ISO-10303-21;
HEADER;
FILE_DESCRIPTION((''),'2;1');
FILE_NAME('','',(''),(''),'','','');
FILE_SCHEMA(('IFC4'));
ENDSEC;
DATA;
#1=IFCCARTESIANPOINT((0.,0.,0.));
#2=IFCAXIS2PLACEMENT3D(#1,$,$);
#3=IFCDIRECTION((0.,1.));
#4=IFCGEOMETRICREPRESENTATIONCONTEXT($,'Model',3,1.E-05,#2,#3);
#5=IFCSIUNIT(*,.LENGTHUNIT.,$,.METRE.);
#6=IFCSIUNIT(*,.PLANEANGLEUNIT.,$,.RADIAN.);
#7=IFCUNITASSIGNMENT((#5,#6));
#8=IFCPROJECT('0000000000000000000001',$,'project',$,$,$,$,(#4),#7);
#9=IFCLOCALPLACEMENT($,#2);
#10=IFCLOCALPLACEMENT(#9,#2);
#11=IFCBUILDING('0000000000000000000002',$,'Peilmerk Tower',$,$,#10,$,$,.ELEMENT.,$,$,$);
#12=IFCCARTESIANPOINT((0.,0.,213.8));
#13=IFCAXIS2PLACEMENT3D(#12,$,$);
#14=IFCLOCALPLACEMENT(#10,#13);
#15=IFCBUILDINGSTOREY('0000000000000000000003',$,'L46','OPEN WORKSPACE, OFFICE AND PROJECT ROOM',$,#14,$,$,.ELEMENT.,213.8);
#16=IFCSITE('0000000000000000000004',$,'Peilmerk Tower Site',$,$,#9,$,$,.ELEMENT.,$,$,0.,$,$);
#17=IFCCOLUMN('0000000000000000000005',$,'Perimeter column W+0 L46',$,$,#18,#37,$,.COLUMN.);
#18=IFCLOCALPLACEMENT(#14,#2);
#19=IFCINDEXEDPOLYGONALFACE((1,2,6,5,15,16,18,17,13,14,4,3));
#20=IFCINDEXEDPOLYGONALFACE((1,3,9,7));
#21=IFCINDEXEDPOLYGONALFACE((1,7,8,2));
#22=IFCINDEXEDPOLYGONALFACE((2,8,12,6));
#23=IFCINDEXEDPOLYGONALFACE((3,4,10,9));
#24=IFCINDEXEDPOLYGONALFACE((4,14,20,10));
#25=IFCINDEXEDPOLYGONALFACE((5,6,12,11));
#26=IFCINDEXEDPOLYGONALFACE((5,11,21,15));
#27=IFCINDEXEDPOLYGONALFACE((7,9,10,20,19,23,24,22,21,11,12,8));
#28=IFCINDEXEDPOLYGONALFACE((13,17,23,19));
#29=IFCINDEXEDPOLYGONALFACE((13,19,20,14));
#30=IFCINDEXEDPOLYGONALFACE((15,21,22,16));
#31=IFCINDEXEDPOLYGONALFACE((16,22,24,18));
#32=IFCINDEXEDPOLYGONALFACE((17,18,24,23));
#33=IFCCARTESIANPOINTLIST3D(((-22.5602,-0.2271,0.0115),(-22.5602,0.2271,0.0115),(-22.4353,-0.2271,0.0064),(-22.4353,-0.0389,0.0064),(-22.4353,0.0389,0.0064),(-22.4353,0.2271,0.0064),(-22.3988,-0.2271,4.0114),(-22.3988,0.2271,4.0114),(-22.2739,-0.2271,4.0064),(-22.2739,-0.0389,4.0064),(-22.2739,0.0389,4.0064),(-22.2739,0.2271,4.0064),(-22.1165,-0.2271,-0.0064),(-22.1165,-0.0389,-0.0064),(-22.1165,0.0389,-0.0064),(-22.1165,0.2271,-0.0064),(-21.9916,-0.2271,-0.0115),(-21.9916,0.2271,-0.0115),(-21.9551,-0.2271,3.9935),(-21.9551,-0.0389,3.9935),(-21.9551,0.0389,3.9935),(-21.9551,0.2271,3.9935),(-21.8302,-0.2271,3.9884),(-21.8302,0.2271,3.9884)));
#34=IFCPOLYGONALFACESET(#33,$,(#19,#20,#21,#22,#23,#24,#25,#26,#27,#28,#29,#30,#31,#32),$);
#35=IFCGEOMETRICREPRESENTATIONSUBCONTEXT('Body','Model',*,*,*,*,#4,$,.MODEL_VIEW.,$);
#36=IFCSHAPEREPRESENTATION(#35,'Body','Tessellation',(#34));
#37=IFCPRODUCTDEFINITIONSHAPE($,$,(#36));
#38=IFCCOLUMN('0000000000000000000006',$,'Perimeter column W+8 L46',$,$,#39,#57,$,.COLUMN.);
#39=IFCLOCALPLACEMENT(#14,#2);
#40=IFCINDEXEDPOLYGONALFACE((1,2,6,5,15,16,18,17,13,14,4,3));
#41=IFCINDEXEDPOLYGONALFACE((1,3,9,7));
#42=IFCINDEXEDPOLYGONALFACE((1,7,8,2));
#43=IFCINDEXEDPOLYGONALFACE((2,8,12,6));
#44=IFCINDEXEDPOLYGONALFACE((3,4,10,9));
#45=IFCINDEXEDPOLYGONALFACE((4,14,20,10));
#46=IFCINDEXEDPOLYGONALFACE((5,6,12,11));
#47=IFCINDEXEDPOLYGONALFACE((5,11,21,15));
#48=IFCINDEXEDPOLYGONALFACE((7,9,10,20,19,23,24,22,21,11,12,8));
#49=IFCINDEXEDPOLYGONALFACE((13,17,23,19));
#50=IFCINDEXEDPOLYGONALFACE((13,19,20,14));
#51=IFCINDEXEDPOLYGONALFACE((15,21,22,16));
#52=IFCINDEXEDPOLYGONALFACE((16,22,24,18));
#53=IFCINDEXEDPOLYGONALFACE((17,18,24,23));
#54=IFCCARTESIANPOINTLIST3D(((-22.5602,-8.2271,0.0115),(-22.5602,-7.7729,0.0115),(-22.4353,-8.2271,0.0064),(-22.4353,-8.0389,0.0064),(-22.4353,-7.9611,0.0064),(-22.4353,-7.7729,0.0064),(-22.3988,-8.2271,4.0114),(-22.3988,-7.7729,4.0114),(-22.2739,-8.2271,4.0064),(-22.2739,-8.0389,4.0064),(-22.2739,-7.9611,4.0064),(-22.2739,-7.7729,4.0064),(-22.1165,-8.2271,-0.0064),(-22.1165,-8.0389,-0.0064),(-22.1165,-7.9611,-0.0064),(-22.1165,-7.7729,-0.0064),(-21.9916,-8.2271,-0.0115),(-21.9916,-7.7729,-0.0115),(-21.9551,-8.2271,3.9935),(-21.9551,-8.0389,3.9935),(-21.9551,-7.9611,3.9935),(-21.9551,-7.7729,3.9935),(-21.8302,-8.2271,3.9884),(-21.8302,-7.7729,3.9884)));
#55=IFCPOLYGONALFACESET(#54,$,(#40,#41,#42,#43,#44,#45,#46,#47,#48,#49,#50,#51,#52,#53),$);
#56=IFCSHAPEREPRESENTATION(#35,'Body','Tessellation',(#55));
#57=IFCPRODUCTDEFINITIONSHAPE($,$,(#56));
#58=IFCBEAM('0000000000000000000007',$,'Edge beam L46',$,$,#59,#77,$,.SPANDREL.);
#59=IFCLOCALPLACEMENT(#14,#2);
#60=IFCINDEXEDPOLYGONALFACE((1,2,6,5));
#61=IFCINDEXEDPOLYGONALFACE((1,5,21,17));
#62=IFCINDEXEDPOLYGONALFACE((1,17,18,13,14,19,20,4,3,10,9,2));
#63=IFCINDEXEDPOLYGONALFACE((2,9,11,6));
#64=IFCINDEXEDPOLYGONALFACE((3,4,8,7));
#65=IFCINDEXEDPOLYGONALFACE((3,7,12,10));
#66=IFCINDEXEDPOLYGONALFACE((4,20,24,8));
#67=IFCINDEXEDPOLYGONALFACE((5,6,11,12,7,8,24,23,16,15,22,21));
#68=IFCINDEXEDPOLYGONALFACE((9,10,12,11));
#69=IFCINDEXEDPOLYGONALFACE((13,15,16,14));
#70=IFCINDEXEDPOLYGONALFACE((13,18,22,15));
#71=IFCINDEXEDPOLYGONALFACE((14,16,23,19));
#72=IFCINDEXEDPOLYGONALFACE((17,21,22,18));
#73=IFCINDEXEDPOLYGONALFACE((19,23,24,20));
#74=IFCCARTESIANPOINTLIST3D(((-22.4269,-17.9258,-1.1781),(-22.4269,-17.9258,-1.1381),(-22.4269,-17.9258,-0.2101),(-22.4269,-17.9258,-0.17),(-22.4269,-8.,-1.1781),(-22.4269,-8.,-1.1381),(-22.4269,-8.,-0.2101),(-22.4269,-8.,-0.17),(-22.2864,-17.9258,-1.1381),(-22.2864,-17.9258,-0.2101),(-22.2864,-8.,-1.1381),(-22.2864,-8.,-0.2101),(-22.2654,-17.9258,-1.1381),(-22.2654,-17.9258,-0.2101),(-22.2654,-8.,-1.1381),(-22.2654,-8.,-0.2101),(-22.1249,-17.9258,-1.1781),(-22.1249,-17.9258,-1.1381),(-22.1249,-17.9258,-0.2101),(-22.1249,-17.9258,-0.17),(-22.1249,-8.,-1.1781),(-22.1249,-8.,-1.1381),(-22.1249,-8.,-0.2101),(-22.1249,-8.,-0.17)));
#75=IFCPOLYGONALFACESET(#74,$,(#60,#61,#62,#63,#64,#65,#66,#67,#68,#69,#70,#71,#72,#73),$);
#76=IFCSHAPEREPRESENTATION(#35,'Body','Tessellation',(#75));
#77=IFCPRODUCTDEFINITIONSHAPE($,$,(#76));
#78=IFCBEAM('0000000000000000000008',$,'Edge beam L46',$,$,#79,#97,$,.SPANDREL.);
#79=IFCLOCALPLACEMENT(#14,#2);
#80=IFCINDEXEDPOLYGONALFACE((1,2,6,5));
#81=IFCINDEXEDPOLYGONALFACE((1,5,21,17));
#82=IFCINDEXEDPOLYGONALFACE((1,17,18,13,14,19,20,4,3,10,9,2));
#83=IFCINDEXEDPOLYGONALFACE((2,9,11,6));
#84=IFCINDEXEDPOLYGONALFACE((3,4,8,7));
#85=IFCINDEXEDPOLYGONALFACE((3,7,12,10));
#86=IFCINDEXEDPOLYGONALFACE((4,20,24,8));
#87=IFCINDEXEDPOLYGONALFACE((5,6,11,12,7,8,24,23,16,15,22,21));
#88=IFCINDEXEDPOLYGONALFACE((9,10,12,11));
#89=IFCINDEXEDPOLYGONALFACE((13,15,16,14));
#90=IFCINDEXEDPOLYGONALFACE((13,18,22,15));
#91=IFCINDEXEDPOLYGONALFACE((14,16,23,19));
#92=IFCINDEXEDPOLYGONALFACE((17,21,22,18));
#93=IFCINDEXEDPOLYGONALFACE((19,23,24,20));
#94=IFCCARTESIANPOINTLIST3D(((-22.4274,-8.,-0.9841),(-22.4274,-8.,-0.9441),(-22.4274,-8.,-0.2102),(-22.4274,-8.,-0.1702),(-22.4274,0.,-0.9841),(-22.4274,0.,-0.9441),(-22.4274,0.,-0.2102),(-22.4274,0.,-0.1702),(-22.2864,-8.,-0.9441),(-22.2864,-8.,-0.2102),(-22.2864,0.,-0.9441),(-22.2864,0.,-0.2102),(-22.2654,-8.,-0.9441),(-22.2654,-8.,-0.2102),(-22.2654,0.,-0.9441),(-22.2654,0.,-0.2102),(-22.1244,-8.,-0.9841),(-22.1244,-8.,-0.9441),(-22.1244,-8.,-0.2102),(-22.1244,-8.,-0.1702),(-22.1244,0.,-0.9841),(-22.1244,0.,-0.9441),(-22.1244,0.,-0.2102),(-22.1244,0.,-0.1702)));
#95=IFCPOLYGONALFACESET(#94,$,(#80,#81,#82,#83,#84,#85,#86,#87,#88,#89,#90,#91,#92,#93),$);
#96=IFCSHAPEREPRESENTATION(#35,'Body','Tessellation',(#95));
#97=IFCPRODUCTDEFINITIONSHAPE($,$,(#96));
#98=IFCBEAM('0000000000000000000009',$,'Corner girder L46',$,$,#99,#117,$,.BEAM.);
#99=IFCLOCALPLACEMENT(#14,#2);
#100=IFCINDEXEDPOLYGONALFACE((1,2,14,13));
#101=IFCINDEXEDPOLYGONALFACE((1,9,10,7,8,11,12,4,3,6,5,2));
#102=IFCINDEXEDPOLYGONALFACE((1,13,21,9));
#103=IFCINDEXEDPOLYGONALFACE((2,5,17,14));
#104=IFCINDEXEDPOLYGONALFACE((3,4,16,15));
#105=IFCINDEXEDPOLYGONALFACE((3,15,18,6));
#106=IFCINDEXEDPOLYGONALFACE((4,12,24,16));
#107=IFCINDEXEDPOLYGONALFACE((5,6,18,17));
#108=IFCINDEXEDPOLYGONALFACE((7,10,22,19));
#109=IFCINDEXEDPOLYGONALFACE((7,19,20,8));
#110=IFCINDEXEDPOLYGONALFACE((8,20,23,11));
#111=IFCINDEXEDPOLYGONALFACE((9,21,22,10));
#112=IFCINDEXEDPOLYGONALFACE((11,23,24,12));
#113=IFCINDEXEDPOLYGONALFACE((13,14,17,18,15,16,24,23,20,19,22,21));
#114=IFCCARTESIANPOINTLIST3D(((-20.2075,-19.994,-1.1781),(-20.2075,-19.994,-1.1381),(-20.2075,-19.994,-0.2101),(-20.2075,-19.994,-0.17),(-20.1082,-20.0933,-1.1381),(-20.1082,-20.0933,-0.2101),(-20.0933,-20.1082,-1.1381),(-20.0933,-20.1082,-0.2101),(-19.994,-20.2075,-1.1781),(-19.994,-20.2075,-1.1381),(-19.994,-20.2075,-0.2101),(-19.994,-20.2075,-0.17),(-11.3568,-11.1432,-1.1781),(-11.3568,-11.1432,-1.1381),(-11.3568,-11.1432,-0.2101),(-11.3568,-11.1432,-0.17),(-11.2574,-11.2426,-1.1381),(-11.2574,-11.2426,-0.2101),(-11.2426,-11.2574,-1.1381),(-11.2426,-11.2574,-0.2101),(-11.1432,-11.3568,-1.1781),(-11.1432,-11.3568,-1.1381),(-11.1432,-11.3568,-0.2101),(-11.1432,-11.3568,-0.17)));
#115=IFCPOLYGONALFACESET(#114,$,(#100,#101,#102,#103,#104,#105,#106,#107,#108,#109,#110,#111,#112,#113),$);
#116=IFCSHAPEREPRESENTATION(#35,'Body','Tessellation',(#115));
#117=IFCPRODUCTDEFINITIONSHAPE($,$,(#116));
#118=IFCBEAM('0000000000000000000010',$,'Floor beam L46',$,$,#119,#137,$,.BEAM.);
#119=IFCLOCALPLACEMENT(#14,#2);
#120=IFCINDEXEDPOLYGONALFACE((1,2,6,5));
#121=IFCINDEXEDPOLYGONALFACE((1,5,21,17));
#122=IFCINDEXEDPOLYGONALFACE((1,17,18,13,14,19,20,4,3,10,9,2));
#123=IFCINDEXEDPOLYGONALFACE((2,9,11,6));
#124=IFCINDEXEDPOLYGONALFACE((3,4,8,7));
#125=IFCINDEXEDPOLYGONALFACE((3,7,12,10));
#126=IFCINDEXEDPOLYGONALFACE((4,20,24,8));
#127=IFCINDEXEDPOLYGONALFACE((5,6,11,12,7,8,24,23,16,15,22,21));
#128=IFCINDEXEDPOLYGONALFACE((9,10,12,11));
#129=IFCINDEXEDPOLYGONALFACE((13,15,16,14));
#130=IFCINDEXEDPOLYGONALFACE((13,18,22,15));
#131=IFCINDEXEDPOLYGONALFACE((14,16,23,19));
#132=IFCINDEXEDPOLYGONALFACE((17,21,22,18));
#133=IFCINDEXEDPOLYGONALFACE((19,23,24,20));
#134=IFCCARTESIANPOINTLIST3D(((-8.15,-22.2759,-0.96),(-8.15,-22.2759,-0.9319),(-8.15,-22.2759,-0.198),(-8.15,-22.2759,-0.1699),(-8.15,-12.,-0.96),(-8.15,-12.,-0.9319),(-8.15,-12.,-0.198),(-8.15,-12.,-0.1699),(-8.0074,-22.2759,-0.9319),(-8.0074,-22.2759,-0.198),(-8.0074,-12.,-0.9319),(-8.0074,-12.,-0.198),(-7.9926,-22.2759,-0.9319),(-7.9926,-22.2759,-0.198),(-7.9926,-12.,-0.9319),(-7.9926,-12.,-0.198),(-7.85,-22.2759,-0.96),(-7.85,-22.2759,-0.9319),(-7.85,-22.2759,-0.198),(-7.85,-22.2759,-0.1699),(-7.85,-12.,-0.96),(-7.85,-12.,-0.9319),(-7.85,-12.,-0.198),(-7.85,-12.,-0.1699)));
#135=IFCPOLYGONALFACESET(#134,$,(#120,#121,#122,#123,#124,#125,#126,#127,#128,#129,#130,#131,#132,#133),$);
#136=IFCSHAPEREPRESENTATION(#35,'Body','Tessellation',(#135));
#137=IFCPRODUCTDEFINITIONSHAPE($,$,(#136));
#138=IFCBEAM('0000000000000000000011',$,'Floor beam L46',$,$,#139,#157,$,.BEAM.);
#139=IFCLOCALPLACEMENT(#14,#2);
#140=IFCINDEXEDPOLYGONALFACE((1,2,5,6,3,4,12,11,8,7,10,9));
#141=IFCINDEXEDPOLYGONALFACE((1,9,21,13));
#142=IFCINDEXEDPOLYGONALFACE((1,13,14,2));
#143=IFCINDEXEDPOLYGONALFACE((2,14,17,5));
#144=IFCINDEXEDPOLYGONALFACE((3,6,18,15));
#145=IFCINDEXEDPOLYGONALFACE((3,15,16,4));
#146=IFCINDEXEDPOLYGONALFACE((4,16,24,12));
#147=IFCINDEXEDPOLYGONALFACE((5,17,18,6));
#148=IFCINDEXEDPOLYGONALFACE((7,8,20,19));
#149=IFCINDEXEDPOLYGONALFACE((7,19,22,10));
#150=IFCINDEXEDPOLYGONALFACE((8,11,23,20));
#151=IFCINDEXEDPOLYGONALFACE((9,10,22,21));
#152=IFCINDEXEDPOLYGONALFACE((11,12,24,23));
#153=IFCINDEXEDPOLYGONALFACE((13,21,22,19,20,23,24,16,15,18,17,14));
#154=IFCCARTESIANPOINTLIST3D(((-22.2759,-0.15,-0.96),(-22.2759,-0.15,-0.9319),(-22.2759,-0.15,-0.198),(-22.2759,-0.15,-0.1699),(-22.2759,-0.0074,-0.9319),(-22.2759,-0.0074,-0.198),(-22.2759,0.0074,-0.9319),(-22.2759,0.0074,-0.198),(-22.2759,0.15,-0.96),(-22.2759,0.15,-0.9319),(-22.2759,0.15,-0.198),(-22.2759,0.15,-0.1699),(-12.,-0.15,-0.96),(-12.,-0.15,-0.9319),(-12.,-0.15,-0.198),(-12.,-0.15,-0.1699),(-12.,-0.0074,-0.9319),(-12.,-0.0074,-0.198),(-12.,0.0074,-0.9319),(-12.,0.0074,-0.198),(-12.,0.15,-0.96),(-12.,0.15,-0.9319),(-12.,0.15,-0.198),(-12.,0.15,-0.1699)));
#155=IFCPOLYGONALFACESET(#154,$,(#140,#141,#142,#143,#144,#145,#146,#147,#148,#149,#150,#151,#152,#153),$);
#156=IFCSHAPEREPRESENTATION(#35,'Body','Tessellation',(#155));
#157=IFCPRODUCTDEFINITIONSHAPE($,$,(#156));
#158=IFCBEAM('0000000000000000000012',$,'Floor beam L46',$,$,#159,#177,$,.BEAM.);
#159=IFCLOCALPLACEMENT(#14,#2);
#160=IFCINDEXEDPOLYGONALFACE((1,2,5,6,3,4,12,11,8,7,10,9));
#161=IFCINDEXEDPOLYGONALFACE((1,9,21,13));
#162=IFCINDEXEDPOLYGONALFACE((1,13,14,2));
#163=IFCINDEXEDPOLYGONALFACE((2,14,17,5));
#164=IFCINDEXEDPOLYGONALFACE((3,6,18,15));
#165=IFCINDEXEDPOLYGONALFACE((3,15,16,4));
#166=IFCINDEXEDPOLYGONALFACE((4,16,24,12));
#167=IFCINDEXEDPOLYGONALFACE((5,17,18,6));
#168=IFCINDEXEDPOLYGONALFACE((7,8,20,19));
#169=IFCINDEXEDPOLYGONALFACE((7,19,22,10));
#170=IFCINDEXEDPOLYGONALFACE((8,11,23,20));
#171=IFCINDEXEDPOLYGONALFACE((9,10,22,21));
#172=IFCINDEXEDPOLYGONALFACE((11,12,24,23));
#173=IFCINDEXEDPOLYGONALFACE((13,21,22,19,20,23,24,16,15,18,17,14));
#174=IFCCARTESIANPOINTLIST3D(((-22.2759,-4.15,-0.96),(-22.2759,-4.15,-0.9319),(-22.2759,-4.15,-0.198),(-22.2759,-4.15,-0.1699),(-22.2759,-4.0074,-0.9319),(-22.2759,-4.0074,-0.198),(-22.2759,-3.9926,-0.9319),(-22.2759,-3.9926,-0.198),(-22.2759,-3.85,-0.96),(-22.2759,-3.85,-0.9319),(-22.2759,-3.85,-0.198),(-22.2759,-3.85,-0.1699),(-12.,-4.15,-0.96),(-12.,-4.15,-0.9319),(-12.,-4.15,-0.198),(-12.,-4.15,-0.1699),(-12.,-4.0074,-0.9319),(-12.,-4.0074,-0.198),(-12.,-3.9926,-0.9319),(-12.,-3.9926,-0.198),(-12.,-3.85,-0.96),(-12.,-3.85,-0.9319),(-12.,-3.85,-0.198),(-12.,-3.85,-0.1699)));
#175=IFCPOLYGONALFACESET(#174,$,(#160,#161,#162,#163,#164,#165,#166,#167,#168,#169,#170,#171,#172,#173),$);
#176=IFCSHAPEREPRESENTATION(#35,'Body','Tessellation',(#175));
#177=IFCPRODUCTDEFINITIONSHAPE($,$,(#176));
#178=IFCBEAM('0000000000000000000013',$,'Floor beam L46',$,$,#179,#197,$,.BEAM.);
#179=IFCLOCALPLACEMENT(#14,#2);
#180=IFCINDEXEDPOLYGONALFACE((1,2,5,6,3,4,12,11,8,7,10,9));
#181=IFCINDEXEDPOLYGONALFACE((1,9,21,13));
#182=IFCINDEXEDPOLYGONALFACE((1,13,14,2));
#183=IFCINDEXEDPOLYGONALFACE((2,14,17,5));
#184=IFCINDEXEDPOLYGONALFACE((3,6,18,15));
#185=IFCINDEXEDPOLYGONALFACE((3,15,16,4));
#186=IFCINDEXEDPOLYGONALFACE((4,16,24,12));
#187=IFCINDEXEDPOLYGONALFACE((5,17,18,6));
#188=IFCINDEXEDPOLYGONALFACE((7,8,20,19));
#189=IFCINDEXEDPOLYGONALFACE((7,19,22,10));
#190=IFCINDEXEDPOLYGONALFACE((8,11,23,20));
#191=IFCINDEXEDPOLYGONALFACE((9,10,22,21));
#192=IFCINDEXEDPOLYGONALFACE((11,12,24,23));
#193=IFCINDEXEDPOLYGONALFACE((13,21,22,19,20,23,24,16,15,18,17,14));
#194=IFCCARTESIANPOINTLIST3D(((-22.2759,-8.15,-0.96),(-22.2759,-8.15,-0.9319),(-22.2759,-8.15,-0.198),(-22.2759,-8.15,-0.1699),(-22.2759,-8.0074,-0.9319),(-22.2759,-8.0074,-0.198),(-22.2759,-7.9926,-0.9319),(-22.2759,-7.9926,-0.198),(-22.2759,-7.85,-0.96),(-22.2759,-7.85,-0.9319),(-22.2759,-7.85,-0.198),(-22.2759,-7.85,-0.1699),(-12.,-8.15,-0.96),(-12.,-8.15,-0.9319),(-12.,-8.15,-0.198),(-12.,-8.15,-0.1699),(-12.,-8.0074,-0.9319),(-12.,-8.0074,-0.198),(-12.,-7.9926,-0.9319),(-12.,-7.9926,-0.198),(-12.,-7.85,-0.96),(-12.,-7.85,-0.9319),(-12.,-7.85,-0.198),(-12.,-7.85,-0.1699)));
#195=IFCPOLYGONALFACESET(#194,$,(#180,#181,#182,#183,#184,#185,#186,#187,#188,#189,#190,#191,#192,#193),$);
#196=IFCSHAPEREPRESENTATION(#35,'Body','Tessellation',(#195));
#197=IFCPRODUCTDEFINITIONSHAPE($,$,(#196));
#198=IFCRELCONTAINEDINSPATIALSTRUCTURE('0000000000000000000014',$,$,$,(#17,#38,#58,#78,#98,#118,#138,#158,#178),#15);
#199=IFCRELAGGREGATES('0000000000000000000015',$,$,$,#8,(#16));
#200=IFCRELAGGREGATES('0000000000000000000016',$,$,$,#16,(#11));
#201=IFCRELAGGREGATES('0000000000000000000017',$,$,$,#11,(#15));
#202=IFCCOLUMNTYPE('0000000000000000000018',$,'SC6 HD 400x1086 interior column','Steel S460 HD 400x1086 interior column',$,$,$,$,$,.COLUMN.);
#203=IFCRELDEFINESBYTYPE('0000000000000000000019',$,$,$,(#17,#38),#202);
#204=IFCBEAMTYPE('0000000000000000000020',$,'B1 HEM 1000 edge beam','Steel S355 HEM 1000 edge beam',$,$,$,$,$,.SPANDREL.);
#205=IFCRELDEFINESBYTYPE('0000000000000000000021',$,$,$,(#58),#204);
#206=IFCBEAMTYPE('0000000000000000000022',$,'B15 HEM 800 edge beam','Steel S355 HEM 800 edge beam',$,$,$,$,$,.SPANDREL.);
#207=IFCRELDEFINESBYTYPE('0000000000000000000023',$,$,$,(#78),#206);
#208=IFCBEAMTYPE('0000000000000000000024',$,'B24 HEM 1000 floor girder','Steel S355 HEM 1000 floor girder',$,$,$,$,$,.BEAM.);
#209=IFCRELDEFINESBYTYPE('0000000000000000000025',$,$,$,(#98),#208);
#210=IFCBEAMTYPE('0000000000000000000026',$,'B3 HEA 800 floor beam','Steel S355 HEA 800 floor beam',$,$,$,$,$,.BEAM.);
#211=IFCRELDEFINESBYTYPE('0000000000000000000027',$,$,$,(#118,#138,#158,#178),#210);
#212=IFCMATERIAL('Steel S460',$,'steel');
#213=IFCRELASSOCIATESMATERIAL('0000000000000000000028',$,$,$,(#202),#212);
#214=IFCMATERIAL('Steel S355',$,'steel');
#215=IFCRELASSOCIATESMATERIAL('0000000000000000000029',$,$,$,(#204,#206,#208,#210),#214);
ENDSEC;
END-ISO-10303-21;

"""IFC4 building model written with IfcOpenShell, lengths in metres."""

from ifc_helpers import new_model, si_unit, direction, frame, origin, origin_2d, place, context, subcontext, project, spatial, i_section, extrude, material, material_profile, profile_set, type_object, element, save


model = new_model("IFC4")

# Units and contexts
model_context = context("Model", 3, precision=1e-05, world=origin(), true_north=direction((0.0, 1.0)))
body_context = subcontext(model_context, "Body", "Model", "MODEL_VIEW")
ifc_project = project(units=[si_unit("LENGTHUNIT", "METRE"), si_unit("PLANEANGLEUNIT", "RADIAN")], contexts=[model_context])

# Site, building, storey
site_placement = place(None, origin())
site = spatial("IfcSite", under=ifc_project, at=site_placement, Name="Peilmerk Tower Site", CompositionType="ELEMENT", RefElevation=0.0)
building_placement = place(site_placement, origin())
building = spatial("IfcBuilding", under=site, at=building_placement, Name="Peilmerk Tower", CompositionType="ELEMENT")
storey_placement = place(building_placement, frame((0.0, 0.0, 213.8)))
storey = spatial("IfcBuildingStorey", under=building, at=storey_placement, Name="L46", Description="OPEN WORKSPACE, OFFICE AND PROJECT ROOM", CompositionType="ELEMENT", Elevation=213.8)

# Columns
ifc_material_1 = material(Name="Steel S460", Category="steel")
ifc_material_profile_1 = material_profile(ifc_material_1, i_section(OverallWidth=0.4541, OverallDepth=0.5691, WebThickness=0.0779, FlangeThickness=0.125, at=origin_2d()), Name="HD 400x1086")
ifc_profile_set_1 = profile_set([ifc_material_profile_1], Name="Steel S460")
column_type = type_object("IfcColumnType", Name="SC6 HD 400x1086 interior column", Description="Steel S460 HD 400x1086 interior column", PredefinedType="COLUMN", material=ifc_profile_set_1)
for number, where, z_axis, x_axis, name in (
    (1, (-22.2759, 0.0, 0.0), (0.040311, 0.0, 0.999187), (0.0, 1.0, 0.0), "Perimeter column W+0 L46"),
    (2, (-22.2759, -8.0, 0.0), (0.040311, 0.0, 0.999187), (0.0, 1.0, 0.0), "Perimeter column W+8 L46"),
):
    element("IfcColumn", number, at=place(storey_placement, frame(where, z_axis=z_axis, x_axis=x_axis)), inside=storey, type_object=column_type, Name=name, PredefinedType="COLUMN", context=body_context, shape_type="SweptSolid", body=[
        extrude(i_section(OverallWidth=0.4541, OverallDepth=0.5691, WebThickness=0.0779, FlangeThickness=0.125, at=origin_2d()), origin(), (0.0, 0.0, 1.0), 4.0032),
    ])

# Beams
ifc_material_2 = material(Name="Steel S355", Category="steel")
ifc_material_profile_2 = material_profile(ifc_material_2, i_section(OverallWidth=0.302, OverallDepth=1.0081, WebThickness=0.021, FlangeThickness=0.04, at=origin_2d()), Name="HEM 1000")
ifc_profile_set_2 = profile_set([ifc_material_profile_2], Name="Steel S355")
beam_type_1 = type_object("IfcBeamType", Name="B1 HEM 1000 edge beam", Description="Steel S355 HEM 1000 edge beam", PredefinedType="SPANDREL", material=ifc_profile_set_2)
beam_1_placement = place(storey_placement, frame((-22.2759, -8.0, -0.6741), z_axis=(0.0, -1.0, 0.0), x_axis=(1.0, 0.0, 0.0)))
element("IfcBeam", 3, at=beam_1_placement, inside=storey, type_object=beam_type_1, Name="Edge beam L46", PredefinedType="SPANDREL", context=body_context, shape_type="SweptSolid", body=[
    extrude(i_section(OverallWidth=0.302, OverallDepth=1.0081, WebThickness=0.021, FlangeThickness=0.04, at=origin_2d()), origin(), (0.0, 0.0, 1.0), 9.9258),
])
ifc_material_profile_3 = material_profile(ifc_material_2, i_section(OverallWidth=0.303, OverallDepth=0.814, WebThickness=0.021, FlangeThickness=0.04, at=origin_2d()), Name="HEM 800")
ifc_profile_set_3 = profile_set([ifc_material_profile_3], Name="Steel S355")
beam_type_2 = type_object("IfcBeamType", Name="B15 HEM 800 edge beam", Description="Steel S355 HEM 800 edge beam", PredefinedType="SPANDREL", material=ifc_profile_set_3)
beam_2_placement = place(storey_placement, frame((-22.2759, 0.0, -0.5771), z_axis=(0.0, -1.0, 0.0), x_axis=(1.0, 0.0, 0.0)))
element("IfcBeam", 4, at=beam_2_placement, inside=storey, type_object=beam_type_2, Name="Edge beam L46", PredefinedType="SPANDREL", context=body_context, shape_type="SweptSolid", body=[
    extrude(i_section(OverallWidth=0.303, OverallDepth=0.814, WebThickness=0.021, FlangeThickness=0.04, at=origin_2d()), origin(), (0.0, 0.0, 1.0), 8.0),
])
ifc_material_profile_4 = material_profile(ifc_material_2, i_section(OverallWidth=0.302, OverallDepth=1.0081, WebThickness=0.021, FlangeThickness=0.04, at=origin_2d()), Name="HEM 1000")
ifc_profile_set_4 = profile_set([ifc_material_profile_4], Name="Steel S355")
beam_type_3 = type_object("IfcBeamType", Name="B24 HEM 1000 floor girder", Description="Steel S355 HEM 1000 floor girder", PredefinedType="BEAM", material=ifc_profile_set_4)
beam_3_placement = place(storey_placement, frame((-11.25, -11.25, -0.6741), z_axis=(-0.707107, -0.707107, 0.0), x_axis=(0.707107, -0.707107, 0.0)))
element("IfcBeam", 5, at=beam_3_placement, inside=storey, type_object=beam_type_3, Name="Corner girder L46", PredefinedType="BEAM", context=body_context, shape_type="SweptSolid", body=[
    extrude(i_section(OverallWidth=0.302, OverallDepth=1.0081, WebThickness=0.021, FlangeThickness=0.04, at=origin_2d()), origin(), (0.0, 0.0, 1.0), 12.5168),
])
ifc_material_profile_5 = material_profile(ifc_material_2, i_section(OverallWidth=0.3, OverallDepth=0.79, WebThickness=0.0149, FlangeThickness=0.0281, at=origin_2d()), Name="HEA 800")
ifc_profile_set_5 = profile_set([ifc_material_profile_5], Name="Steel S355")
beam_type_4 = type_object("IfcBeamType", Name="B3 HEA 800 floor beam", Description="Steel S355 HEA 800 floor beam", PredefinedType="BEAM", material=ifc_profile_set_5)
for number, where, z_axis, x_axis, name in (
    (6, (-8.0, -12.0, -0.5649), (0.0, -1.0, 0.0), (1.0, 0.0, 0.0), "Floor beam L46"),
    (7, (-12.0, 0.0, -0.5649), (-1.0, 0.0, 0.0), (0.0, -1.0, 0.0), "Floor beam L46"),
    (8, (-12.0, -4.0, -0.5649), (-1.0, 0.0, 0.0), (0.0, -1.0, 0.0), "Floor beam L46"),
    (9, (-12.0, -8.0, -0.5649), (-1.0, 0.0, 0.0), (0.0, -1.0, 0.0), "Floor beam L46"),
):
    element("IfcBeam", number, at=place(storey_placement, frame(where, z_axis=z_axis, x_axis=x_axis)), inside=storey, type_object=beam_type_4, Name=name, PredefinedType="BEAM", context=body_context, shape_type="SweptSolid", body=[
        extrude(i_section(OverallWidth=0.3, OverallDepth=0.79, WebThickness=0.0149, FlangeThickness=0.0281, at=origin_2d()), origin(), (0.0, 0.0, 1.0), 10.2759),
    ])

save(model, "model.ifc")
